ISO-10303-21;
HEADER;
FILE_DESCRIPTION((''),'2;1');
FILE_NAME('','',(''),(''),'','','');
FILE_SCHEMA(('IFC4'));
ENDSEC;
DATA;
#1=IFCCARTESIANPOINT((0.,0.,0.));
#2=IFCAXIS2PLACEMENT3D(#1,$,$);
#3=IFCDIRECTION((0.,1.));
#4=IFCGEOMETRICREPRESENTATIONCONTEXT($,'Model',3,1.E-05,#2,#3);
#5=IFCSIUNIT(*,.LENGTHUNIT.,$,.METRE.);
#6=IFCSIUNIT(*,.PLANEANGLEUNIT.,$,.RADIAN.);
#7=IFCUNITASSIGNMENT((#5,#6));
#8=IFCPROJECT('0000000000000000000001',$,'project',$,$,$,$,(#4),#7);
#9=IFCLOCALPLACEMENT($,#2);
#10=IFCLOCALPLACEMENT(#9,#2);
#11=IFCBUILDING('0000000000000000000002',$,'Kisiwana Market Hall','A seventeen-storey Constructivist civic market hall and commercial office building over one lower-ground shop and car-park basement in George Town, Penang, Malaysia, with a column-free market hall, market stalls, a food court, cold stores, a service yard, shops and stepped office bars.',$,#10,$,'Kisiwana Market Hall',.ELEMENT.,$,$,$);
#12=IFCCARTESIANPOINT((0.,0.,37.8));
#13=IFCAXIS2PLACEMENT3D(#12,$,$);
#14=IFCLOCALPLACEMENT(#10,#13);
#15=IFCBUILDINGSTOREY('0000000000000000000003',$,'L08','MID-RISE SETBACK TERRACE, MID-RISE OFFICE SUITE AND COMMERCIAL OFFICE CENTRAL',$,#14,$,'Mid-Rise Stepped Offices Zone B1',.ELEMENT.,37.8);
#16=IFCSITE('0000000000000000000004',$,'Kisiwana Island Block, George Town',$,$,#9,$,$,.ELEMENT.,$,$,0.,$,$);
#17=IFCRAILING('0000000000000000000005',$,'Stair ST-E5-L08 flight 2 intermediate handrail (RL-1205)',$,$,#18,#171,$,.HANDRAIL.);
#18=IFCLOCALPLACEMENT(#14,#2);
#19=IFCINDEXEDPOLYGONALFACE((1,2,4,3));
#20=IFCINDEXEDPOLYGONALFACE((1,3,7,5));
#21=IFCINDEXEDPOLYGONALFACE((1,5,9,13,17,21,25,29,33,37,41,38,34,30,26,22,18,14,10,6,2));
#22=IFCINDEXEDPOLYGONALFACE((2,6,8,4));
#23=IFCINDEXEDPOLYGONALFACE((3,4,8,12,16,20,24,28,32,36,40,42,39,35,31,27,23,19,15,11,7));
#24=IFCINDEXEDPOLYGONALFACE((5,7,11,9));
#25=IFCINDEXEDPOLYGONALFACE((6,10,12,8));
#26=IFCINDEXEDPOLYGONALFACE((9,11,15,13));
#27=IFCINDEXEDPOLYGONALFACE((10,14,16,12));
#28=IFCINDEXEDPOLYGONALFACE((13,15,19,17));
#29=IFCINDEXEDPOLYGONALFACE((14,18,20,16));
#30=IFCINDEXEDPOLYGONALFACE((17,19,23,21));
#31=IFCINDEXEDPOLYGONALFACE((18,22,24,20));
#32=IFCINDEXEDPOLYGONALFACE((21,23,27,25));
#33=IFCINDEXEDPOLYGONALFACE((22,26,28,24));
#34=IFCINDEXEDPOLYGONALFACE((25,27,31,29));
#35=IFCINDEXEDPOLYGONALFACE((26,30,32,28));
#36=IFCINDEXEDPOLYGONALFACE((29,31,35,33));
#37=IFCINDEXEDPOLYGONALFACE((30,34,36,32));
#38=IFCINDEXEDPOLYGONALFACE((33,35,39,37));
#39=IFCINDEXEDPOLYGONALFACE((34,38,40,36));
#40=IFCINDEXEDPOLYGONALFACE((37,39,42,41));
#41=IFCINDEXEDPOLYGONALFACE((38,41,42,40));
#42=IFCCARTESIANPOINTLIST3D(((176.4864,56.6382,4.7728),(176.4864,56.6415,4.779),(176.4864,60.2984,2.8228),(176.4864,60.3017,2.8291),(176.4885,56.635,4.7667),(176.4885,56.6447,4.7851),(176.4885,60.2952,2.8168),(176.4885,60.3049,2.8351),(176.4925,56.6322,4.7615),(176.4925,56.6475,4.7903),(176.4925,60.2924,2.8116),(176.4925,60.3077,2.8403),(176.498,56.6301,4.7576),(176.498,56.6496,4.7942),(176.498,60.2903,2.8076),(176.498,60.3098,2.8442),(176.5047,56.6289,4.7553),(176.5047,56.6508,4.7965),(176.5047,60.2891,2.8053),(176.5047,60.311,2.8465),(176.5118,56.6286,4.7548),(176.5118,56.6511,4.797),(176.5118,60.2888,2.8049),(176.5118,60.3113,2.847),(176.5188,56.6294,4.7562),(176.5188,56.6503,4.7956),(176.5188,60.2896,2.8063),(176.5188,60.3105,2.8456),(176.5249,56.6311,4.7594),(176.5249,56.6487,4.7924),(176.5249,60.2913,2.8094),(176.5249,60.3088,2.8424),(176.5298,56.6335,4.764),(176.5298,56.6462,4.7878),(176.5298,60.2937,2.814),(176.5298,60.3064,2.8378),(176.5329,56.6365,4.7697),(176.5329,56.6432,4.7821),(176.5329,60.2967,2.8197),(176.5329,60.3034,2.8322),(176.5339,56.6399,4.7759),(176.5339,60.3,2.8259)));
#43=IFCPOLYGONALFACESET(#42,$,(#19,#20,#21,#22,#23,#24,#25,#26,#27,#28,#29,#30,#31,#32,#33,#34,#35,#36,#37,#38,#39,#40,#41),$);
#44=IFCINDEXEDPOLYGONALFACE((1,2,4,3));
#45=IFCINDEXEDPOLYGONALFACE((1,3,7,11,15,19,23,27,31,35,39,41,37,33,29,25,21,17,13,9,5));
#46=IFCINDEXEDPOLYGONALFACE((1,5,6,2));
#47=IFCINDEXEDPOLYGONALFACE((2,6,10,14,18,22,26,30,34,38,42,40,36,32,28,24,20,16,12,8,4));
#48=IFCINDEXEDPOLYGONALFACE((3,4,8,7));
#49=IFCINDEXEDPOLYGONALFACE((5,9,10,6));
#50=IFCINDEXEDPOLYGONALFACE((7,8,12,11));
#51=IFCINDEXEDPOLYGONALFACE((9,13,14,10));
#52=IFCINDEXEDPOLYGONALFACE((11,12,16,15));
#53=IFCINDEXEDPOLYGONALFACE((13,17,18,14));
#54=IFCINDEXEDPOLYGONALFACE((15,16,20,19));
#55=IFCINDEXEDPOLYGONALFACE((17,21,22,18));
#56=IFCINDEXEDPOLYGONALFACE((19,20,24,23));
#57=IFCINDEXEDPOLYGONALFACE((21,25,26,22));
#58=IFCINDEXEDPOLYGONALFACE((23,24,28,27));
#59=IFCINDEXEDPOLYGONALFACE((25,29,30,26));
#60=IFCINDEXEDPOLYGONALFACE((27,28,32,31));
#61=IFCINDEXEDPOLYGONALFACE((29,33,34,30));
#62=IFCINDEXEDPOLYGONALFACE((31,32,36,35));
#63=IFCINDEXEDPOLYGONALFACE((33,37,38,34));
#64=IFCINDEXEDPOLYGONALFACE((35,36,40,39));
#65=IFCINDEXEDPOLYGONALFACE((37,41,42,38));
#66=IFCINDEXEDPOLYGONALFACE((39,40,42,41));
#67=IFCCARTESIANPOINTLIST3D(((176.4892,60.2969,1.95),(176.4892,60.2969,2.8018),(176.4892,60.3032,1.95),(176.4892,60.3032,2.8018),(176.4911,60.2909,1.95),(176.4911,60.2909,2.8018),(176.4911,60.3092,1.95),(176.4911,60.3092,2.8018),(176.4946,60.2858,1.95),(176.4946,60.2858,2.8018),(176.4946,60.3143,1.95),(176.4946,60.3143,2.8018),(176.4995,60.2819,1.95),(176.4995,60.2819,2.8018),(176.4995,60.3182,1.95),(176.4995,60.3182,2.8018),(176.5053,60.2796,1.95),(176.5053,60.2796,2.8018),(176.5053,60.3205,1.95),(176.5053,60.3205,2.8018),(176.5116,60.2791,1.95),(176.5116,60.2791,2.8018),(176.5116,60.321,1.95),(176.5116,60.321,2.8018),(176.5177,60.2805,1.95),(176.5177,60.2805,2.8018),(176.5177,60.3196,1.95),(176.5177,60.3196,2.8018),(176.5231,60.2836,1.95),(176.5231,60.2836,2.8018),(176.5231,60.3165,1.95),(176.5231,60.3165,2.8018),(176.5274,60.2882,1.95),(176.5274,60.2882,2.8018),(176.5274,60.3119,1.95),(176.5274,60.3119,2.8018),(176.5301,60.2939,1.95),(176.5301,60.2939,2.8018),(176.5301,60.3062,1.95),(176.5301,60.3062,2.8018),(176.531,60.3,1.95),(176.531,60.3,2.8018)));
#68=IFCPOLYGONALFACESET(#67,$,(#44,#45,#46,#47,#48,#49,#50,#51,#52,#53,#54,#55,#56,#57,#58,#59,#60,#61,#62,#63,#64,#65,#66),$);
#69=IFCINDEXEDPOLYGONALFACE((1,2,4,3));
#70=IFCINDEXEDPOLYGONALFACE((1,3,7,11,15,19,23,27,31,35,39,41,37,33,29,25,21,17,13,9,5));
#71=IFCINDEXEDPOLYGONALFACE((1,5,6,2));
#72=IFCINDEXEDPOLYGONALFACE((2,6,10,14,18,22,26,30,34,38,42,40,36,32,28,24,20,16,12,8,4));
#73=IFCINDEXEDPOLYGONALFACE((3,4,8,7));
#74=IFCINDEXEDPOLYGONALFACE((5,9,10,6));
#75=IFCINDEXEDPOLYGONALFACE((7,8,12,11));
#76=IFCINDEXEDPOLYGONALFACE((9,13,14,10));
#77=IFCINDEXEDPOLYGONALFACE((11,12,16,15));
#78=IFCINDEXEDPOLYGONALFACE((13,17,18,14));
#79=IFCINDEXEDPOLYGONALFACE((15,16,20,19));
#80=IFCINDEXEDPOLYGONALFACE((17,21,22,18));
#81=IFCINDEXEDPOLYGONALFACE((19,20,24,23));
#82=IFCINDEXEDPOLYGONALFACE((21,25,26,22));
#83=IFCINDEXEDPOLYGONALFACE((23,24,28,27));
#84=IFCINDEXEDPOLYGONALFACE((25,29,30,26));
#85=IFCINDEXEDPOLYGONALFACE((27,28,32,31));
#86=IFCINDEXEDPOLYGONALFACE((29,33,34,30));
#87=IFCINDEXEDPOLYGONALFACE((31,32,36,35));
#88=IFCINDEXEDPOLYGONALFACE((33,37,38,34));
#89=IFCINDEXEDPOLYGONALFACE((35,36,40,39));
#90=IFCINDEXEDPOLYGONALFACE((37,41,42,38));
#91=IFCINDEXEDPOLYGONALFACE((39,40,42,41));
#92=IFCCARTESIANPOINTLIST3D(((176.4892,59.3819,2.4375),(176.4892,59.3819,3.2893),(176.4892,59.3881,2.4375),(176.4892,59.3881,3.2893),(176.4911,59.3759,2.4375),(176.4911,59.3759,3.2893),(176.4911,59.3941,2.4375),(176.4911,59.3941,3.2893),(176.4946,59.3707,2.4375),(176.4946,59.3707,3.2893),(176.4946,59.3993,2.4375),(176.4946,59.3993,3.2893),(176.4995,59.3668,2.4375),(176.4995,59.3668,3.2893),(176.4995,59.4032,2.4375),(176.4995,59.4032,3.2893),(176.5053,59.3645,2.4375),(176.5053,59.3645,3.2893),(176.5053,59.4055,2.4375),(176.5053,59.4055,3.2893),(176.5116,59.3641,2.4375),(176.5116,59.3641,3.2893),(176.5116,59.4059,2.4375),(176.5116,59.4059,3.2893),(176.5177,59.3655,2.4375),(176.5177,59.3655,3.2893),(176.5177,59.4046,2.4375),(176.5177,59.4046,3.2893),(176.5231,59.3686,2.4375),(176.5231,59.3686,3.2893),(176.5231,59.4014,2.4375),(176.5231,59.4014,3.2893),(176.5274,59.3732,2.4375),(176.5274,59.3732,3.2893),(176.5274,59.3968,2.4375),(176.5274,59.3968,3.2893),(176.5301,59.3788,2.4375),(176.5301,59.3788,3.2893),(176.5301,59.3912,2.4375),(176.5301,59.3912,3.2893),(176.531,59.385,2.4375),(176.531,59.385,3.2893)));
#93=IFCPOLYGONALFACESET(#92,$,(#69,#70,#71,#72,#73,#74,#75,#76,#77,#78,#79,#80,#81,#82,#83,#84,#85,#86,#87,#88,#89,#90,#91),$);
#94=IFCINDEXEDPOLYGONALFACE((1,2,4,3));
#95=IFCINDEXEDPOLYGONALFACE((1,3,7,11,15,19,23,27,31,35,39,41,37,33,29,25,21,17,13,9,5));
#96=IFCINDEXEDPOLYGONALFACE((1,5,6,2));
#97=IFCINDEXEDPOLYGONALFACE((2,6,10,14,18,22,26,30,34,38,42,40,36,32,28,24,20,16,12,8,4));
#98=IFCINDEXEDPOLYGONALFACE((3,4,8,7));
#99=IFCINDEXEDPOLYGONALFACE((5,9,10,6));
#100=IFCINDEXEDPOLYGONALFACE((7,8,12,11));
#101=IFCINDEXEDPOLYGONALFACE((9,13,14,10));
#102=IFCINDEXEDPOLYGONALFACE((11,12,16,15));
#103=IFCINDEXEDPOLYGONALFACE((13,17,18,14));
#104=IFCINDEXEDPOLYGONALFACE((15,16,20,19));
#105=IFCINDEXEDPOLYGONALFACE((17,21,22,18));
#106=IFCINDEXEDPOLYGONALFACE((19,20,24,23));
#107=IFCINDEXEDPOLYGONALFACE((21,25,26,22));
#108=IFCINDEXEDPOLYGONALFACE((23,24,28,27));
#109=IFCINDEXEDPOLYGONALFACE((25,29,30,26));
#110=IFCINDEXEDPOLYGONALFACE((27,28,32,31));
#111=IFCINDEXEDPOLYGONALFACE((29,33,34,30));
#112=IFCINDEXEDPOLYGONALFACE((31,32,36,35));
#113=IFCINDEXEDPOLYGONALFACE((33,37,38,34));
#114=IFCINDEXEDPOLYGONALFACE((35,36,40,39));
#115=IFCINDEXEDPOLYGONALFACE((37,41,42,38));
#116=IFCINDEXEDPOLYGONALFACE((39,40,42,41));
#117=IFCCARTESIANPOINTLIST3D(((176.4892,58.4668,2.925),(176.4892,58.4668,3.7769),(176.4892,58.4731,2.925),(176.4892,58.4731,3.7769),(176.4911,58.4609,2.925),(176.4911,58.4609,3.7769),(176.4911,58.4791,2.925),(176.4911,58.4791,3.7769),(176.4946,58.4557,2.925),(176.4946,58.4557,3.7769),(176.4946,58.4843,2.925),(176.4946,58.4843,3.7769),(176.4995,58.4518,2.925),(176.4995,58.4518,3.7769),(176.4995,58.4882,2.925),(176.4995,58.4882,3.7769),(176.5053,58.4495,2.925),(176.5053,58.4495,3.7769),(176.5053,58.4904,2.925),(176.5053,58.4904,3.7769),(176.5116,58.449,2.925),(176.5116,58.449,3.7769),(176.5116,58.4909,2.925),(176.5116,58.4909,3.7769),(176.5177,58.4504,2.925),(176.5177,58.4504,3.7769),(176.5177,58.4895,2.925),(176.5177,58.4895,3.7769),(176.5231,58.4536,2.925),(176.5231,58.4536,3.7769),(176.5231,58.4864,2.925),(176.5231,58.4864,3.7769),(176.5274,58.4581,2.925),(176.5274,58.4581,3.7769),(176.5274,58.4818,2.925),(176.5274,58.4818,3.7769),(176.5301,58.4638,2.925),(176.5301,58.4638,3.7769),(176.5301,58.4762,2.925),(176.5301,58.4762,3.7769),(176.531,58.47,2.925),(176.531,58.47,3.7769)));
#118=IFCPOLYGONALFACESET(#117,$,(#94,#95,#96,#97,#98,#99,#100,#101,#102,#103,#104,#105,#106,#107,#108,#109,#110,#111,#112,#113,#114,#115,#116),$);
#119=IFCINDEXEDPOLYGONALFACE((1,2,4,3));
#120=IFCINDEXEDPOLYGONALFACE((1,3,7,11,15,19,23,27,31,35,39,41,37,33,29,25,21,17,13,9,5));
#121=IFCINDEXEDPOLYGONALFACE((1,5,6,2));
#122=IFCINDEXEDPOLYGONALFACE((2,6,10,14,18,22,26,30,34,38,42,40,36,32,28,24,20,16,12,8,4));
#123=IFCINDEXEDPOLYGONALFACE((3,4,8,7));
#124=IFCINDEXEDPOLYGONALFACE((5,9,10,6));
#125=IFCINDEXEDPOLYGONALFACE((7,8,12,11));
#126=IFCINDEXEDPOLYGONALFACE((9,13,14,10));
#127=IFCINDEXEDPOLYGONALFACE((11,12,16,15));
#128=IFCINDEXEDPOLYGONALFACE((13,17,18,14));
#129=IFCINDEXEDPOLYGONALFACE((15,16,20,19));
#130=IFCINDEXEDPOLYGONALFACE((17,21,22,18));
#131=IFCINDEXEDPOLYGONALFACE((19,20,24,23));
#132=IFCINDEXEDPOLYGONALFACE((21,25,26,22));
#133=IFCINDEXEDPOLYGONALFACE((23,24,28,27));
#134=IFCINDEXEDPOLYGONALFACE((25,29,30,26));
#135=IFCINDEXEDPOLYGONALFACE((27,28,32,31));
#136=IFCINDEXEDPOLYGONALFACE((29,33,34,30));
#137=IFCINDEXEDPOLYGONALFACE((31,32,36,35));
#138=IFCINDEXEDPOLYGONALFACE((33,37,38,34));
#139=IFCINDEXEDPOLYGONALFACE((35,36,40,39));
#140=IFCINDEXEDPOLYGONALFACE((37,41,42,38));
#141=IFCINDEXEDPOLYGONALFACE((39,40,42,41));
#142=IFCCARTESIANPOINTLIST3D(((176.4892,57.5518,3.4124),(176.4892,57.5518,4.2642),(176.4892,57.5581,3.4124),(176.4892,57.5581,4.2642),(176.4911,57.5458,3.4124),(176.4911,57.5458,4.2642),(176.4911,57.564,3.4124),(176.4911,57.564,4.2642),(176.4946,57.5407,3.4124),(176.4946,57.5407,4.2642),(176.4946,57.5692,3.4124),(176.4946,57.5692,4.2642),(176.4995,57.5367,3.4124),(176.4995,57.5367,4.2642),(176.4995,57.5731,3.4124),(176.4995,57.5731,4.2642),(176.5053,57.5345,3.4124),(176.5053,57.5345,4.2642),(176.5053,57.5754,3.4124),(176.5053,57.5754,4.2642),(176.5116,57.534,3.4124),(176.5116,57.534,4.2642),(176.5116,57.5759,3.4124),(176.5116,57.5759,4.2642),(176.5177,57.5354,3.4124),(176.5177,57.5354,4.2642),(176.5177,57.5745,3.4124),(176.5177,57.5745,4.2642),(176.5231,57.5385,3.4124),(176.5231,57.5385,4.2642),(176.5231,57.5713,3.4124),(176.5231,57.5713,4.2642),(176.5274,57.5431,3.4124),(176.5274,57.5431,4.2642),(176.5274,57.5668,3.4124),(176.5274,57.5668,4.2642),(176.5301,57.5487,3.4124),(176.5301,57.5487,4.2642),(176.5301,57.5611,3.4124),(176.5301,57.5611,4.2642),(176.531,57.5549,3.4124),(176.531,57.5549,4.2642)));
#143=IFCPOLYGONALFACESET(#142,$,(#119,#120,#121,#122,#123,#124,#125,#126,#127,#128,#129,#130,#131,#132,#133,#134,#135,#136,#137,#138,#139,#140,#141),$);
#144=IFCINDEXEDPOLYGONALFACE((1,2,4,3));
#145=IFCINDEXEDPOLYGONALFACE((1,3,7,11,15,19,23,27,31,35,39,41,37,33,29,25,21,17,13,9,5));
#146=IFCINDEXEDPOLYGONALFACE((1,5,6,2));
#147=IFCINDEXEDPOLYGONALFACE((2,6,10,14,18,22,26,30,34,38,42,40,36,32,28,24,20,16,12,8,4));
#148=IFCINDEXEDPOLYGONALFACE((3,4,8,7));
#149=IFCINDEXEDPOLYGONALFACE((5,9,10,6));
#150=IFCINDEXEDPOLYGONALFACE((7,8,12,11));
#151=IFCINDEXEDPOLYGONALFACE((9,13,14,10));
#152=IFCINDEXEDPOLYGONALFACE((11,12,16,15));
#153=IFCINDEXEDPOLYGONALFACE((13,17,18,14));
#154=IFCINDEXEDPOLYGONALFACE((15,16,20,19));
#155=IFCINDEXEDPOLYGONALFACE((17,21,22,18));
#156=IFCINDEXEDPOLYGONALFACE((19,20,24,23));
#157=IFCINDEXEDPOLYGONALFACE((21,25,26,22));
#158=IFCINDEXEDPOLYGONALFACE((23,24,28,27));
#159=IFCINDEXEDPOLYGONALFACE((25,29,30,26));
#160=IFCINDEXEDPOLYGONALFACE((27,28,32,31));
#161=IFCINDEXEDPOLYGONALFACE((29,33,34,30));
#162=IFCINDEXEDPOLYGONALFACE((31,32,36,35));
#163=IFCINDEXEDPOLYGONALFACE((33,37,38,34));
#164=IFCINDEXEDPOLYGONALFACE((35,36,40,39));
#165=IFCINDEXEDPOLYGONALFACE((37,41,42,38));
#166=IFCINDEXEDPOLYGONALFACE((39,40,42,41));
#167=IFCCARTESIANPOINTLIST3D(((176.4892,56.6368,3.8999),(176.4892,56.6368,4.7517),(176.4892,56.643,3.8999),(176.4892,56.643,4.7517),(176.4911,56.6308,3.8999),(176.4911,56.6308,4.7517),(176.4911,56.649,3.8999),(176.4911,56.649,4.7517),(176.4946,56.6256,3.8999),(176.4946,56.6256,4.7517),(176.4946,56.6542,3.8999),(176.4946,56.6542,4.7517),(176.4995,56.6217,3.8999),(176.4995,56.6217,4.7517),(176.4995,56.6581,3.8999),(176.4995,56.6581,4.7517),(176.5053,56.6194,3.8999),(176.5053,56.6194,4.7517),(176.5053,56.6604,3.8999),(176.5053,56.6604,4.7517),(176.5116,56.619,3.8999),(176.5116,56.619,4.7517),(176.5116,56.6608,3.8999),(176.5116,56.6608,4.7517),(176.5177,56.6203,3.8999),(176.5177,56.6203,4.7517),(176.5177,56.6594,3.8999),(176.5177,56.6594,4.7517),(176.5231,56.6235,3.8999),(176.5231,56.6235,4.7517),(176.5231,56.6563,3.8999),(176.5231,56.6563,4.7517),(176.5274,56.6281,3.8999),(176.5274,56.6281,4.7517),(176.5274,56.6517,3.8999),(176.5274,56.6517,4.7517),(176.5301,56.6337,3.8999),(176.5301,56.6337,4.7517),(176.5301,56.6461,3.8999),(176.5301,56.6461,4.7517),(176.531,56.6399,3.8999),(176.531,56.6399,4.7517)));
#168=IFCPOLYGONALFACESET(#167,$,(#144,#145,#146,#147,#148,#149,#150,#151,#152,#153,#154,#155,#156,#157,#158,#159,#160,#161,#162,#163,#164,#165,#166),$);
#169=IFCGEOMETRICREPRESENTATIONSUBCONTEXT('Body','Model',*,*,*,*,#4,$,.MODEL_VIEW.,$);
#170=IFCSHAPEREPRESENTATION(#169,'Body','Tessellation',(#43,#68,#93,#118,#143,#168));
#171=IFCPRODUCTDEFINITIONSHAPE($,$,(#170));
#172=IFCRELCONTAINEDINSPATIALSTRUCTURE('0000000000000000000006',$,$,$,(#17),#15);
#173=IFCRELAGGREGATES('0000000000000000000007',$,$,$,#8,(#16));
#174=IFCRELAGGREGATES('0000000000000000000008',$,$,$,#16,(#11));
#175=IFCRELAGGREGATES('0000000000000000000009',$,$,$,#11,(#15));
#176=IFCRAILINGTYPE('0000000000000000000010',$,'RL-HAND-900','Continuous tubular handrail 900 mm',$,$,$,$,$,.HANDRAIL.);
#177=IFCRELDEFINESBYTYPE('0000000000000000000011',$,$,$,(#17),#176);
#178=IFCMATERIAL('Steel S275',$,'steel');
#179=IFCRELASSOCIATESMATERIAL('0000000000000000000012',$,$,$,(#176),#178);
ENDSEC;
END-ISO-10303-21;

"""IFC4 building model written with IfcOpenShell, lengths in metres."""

from ifc_helpers import new_model, si_unit, direction, frame, origin, origin_2d, place, context, subcontext, project, spatial, circle, extrude, material, type_object, element, save


model = new_model("IFC4")

# Units and contexts
model_context = context("Model", 3, precision=1e-05, world=origin(), true_north=direction((0.0, 1.0)))
body_context = subcontext(model_context, "Body", "Model", "MODEL_VIEW")
ifc_project = project(units=[si_unit("LENGTHUNIT", "METRE"), si_unit("PLANEANGLEUNIT", "RADIAN")], contexts=[model_context])

# Site, building, storey
site_placement = place(None, origin())
site = spatial("IfcSite", under=ifc_project, at=site_placement, Name="Kisiwana Island Block, George Town", CompositionType="ELEMENT", RefElevation=0.0)
building_placement = place(site_placement, origin())
building = spatial("IfcBuilding", under=site, at=building_placement, Name="Kisiwana Market Hall", Description="A seventeen-storey Constructivist civic market hall and commercial office building over one lower-ground shop and car-park basement in George Town, Penang, Malaysia, with a column-free market hall, market stalls, a food court, cold stores, a service yard, shops and stepped office bars.", LongName="Kisiwana Market Hall", CompositionType="ELEMENT")
storey_placement = place(building_placement, frame((0.0, 0.0, 37.8)))
storey = spatial("IfcBuildingStorey", under=building, at=storey_placement, Name="L08", Description="MID-RISE SETBACK TERRACE, MID-RISE OFFICE SUITE AND COMMERCIAL OFFICE CENTRAL", LongName="Mid-Rise Stepped Offices Zone B1", CompositionType="ELEMENT", Elevation=37.8)

# Railing
ifc_material_1 = material(Name="Steel S275", Category="steel")
railing_type_1 = type_object("IfcRailingType", Name="RL-HAND-900", Description="Continuous tubular handrail 900 mm", PredefinedType="HANDRAIL", material=ifc_material_1)
railing_1_placement = place(storey_placement, frame((176.51, 60.3, 1.95)))
element("IfcRailing", 1, at=railing_1_placement, inside=storey, type_object=railing_type_1, Name="Stair ST-E5-L08 flight 2 intermediate handrail (RL-1205)", PredefinedType="HANDRAIL", context=body_context, shape_type="SweptSolid", body=[
    extrude(circle(Radius=0.0239, at=origin_2d()), frame((0.0, 0.0, 0.876), z_axis=(0.0, -0.882566, 0.470188), x_axis=(1.0, 0.0, 0.0)), (0.0, 0.0, 1.0), 4.1472),
    extrude(circle(Radius=0.021, at=origin_2d()), origin(), (0.0, 0.0, 1.0), 0.8518),
    extrude(circle(Radius=0.021, at=origin_2d()), frame((0.0, -0.915, 0.4875)), (0.0, 0.0, 1.0), 0.8518),
    extrude(circle(Radius=0.021, at=origin_2d()), frame((0.0, -1.8301, 0.9751)), (0.0, 0.0, 1.0), 0.8518),
    extrude(circle(Radius=0.021, at=origin_2d()), frame((0.0, -2.7451, 1.4624)), (0.0, 0.0, 1.0), 0.8518),
    extrude(circle(Radius=0.021, at=origin_2d()), frame((0.0, -3.6602, 1.95)), (0.0, 0.0, 1.0), 0.8518),
])

save(model, "model.ifc")
